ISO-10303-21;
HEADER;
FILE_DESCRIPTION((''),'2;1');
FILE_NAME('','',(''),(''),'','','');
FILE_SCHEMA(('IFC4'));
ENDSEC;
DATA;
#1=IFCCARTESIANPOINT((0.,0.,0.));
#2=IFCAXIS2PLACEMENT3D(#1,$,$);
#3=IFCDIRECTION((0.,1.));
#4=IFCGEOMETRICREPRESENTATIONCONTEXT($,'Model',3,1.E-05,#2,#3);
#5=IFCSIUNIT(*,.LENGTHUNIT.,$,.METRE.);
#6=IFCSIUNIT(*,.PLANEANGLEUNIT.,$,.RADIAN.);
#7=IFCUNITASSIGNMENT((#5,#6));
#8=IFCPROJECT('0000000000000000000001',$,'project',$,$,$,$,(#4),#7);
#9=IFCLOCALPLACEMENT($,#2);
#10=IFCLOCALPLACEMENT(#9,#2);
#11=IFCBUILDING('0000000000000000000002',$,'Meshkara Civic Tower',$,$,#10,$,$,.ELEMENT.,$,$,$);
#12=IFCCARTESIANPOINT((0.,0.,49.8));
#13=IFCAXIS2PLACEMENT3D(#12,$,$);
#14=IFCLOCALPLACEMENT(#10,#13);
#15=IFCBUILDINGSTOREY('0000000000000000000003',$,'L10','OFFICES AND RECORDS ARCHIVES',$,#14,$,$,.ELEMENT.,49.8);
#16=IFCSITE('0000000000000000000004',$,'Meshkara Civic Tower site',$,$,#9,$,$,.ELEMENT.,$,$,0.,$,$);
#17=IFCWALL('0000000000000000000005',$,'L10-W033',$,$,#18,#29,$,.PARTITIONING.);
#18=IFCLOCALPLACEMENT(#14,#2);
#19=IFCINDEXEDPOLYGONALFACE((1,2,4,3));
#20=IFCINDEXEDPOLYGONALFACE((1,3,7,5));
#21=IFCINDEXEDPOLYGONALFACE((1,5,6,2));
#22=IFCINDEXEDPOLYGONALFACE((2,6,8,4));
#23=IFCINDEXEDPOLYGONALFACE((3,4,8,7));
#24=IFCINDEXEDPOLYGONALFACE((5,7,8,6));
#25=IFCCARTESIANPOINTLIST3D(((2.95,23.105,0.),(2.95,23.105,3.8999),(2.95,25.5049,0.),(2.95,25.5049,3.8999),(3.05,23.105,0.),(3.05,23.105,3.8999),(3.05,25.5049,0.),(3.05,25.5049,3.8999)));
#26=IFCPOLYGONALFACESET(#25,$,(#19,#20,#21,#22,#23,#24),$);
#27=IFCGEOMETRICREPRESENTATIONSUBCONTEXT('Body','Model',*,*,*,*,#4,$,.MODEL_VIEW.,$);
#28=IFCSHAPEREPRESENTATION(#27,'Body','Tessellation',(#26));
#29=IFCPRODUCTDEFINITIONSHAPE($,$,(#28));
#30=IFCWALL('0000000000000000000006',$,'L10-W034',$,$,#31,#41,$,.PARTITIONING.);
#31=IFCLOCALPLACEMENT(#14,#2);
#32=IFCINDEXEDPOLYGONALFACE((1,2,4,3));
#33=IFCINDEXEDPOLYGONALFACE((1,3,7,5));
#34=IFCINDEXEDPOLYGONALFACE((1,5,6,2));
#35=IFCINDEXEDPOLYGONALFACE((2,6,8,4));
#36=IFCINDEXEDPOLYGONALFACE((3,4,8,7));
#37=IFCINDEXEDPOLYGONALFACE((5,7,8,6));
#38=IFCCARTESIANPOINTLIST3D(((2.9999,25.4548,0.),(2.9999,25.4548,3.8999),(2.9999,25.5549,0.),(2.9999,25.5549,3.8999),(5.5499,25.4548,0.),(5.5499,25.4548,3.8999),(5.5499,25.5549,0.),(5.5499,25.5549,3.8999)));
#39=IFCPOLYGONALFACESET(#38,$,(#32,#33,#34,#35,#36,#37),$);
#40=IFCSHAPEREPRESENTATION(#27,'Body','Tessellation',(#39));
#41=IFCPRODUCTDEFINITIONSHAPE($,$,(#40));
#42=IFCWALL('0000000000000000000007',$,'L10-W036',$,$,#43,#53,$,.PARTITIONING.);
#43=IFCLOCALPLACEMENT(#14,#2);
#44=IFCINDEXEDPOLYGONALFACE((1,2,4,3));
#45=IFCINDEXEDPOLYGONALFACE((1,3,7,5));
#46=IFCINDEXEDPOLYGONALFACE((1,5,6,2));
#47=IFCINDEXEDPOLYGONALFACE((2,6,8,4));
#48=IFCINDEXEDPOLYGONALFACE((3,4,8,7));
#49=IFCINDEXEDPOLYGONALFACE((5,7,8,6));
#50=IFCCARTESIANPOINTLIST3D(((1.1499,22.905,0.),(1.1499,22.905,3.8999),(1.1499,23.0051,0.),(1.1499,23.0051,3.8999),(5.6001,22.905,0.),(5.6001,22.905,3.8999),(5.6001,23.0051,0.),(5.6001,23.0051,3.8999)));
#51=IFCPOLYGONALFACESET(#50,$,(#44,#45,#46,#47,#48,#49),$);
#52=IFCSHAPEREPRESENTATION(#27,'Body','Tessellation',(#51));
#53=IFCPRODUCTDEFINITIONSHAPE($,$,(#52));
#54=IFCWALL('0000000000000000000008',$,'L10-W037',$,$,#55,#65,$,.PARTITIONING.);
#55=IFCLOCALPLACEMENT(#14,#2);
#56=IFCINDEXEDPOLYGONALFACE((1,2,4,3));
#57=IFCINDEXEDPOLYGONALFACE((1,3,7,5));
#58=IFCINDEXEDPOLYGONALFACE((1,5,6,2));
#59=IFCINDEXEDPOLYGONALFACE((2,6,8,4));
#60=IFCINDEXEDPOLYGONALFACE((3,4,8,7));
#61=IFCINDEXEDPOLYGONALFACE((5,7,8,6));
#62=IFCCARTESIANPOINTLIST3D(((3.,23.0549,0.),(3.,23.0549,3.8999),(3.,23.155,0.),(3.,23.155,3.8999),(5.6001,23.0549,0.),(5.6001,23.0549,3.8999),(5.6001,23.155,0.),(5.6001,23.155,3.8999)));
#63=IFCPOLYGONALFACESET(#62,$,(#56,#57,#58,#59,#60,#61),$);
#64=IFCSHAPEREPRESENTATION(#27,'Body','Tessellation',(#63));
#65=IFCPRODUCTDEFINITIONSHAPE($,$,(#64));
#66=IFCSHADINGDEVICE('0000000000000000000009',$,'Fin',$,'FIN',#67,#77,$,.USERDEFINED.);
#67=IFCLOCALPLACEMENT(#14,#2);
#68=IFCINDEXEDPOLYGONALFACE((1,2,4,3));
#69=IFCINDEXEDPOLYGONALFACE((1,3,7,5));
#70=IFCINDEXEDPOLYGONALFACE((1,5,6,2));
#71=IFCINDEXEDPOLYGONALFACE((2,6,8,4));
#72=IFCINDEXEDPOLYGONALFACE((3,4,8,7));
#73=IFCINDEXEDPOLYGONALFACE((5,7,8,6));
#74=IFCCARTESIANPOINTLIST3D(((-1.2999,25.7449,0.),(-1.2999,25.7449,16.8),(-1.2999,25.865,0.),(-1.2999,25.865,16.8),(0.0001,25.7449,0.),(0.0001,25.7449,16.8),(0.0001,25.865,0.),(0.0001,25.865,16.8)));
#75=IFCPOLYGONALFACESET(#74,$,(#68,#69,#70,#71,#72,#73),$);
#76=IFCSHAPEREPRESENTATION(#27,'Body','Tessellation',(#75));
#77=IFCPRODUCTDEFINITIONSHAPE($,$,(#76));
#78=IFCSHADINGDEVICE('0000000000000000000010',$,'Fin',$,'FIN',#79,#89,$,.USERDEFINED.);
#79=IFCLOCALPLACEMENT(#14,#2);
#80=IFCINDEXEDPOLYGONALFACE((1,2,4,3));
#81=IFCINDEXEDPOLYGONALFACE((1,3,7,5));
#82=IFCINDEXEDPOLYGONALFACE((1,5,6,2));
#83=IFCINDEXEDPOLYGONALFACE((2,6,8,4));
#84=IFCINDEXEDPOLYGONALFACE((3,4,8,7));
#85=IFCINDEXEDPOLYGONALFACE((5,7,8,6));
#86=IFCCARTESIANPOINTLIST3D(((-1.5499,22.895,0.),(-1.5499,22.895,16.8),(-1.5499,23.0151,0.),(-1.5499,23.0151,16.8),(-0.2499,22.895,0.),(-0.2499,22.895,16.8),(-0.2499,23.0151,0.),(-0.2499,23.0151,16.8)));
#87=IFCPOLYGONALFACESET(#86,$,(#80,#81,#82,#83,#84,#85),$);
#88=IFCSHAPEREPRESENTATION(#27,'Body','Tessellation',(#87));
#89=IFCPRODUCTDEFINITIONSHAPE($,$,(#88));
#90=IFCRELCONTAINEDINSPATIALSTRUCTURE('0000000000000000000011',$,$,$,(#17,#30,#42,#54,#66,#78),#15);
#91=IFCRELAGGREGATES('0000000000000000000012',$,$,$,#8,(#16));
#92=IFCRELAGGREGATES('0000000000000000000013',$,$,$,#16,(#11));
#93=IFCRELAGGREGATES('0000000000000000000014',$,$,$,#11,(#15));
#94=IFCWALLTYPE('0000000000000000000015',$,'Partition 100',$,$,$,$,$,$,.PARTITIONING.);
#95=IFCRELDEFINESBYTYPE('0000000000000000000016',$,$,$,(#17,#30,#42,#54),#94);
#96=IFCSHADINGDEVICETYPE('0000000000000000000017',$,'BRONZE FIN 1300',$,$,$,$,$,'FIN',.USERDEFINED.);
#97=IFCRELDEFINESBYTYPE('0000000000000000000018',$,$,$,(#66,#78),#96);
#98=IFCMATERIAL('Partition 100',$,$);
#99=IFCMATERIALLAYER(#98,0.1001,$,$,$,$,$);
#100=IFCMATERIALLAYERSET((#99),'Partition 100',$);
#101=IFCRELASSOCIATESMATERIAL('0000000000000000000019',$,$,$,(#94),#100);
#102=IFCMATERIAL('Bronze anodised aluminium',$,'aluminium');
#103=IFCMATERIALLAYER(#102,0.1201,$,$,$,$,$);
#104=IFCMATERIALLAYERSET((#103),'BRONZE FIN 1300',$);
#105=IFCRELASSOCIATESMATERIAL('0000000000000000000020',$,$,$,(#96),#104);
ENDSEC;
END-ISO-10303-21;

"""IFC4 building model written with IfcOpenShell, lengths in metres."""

from ifc_helpers import new_model, si_unit, direction, frame, frame_2d, origin, origin_2d, place, context, subcontext, project, spatial, rectangle, extrude, material, layer, layer_set, type_object, element, save


model = new_model("IFC4")

# Units and contexts
model_context = context("Model", 3, precision=1e-05, world=origin(), true_north=direction((0.0, 1.0)))
body_context = subcontext(model_context, "Body", "Model", "MODEL_VIEW")
ifc_project = project(units=[si_unit("LENGTHUNIT", "METRE"), si_unit("PLANEANGLEUNIT", "RADIAN")], contexts=[model_context])

# Site, building, storey
site_placement = place(None, origin())
site = spatial("IfcSite", under=ifc_project, at=site_placement, Name="Meshkara Civic Tower site", CompositionType="ELEMENT", RefElevation=0.0)
building_placement = place(site_placement, origin())
building = spatial("IfcBuilding", under=site, at=building_placement, Name="Meshkara Civic Tower", CompositionType="ELEMENT")
storey_placement = place(building_placement, frame((0.0, 0.0, 49.8)))
storey = spatial("IfcBuildingStorey", under=building, at=storey_placement, Name="L10", Description="OFFICES AND RECORDS ARCHIVES", CompositionType="ELEMENT", Elevation=49.8)

# Walls
ifc_material_1 = material(Name="Partition 100")
ifc_layer_1 = layer(ifc_material_1, 0.1001)
ifc_layer_set_1 = layer_set([ifc_layer_1], Name="Partition 100")
wall_type_1 = type_object("IfcWallType", Name="Partition 100", PredefinedType="PARTITIONING", material=ifc_layer_set_1)
wall_1_placement = place(storey_placement, frame((3.0, 23.105, 0.0), z_axis=(0.0, 0.0, 1.0), x_axis=(0.0, 1.0, 0.0)))
element("IfcWall", 1, at=wall_1_placement, inside=storey, type_object=wall_type_1, Name="L10-W033", PredefinedType="PARTITIONING", context=body_context, shape_type="SweptSolid", body=[
    extrude(rectangle(XDim=2.3999, YDim=0.1001, at=frame_2d((1.2, 0.0))), origin(), (0.0, 0.0, 1.0), 3.8999),
])
wall_2_placement = place(storey_placement, frame((3.0, 25.5049, 0.0), z_axis=(0.0, 0.0, 1.0), x_axis=(1.0, 0.0, 0.0)))
element("IfcWall", 2, at=wall_2_placement, inside=storey, type_object=wall_type_1, Name="L10-W034", PredefinedType="PARTITIONING", context=body_context, shape_type="SweptSolid", body=[
    extrude(rectangle(XDim=2.55, YDim=0.1001, at=frame_2d((1.2749, 0.0))), origin(), (0.0, 0.0, 1.0), 3.8999),
])
wall_3_placement = place(storey_placement, frame((5.6001, 22.9551, 0.0), z_axis=(0.0, 0.0, 1.0), x_axis=(-1.0, 0.0, 0.0)))
element("IfcWall", 3, at=wall_3_placement, inside=storey, type_object=wall_type_1, Name="L10-W036", PredefinedType="PARTITIONING", context=body_context, shape_type="SweptSolid", body=[
    extrude(rectangle(XDim=4.4502, YDim=0.1001, at=frame_2d((2.2251, 0.0))), origin(), (0.0, 0.0, 1.0), 3.8999),
])
wall_4_placement = place(storey_placement, frame((5.6001, 23.105, 0.0), z_axis=(0.0, 0.0, 1.0), x_axis=(-1.0, 0.0, 0.0)))
element("IfcWall", 4, at=wall_4_placement, inside=storey, type_object=wall_type_1, Name="L10-W037", PredefinedType="PARTITIONING", context=body_context, shape_type="SweptSolid", body=[
    extrude(rectangle(XDim=2.6001, YDim=0.1001, at=frame_2d((1.3, 0.0))), origin(), (0.0, 0.0, 1.0), 3.8999),
])

# Shading devices
ifc_material_2 = material(Name="Bronze anodised aluminium", Category="aluminium")
ifc_layer_2 = layer(ifc_material_2, 0.1201)
ifc_layer_set_2 = layer_set([ifc_layer_2], Name="BRONZE FIN 1300")
shading_device_type = type_object("IfcShadingDeviceType", Name="BRONZE FIN 1300", ElementType="FIN", PredefinedType="USERDEFINED", material=ifc_layer_set_2)
for number, where, z_axis, x_axis, name in (
    (5, (-0.6499, 25.8049, 0.0), (0.0, 0.0, 1.0), (0.0, -1.0, 0.0), "Fin"),
    (6, (-0.8999, 22.9551, 0.0), (0.0, 0.0, 1.0), (0.0, -1.0, 0.0), "Fin"),
):
    element("IfcShadingDevice", number, at=place(storey_placement, frame(where, z_axis=z_axis, x_axis=x_axis)), inside=storey, type_object=shading_device_type, Name=name, ObjectType="FIN", PredefinedType="USERDEFINED", context=body_context, shape_type="SweptSolid", body=[
        extrude(rectangle(XDim=0.1201, YDim=1.3, at=origin_2d()), origin(), (0.0, 0.0, 1.0), 16.8),
    ])

save(model, "model.ifc")
